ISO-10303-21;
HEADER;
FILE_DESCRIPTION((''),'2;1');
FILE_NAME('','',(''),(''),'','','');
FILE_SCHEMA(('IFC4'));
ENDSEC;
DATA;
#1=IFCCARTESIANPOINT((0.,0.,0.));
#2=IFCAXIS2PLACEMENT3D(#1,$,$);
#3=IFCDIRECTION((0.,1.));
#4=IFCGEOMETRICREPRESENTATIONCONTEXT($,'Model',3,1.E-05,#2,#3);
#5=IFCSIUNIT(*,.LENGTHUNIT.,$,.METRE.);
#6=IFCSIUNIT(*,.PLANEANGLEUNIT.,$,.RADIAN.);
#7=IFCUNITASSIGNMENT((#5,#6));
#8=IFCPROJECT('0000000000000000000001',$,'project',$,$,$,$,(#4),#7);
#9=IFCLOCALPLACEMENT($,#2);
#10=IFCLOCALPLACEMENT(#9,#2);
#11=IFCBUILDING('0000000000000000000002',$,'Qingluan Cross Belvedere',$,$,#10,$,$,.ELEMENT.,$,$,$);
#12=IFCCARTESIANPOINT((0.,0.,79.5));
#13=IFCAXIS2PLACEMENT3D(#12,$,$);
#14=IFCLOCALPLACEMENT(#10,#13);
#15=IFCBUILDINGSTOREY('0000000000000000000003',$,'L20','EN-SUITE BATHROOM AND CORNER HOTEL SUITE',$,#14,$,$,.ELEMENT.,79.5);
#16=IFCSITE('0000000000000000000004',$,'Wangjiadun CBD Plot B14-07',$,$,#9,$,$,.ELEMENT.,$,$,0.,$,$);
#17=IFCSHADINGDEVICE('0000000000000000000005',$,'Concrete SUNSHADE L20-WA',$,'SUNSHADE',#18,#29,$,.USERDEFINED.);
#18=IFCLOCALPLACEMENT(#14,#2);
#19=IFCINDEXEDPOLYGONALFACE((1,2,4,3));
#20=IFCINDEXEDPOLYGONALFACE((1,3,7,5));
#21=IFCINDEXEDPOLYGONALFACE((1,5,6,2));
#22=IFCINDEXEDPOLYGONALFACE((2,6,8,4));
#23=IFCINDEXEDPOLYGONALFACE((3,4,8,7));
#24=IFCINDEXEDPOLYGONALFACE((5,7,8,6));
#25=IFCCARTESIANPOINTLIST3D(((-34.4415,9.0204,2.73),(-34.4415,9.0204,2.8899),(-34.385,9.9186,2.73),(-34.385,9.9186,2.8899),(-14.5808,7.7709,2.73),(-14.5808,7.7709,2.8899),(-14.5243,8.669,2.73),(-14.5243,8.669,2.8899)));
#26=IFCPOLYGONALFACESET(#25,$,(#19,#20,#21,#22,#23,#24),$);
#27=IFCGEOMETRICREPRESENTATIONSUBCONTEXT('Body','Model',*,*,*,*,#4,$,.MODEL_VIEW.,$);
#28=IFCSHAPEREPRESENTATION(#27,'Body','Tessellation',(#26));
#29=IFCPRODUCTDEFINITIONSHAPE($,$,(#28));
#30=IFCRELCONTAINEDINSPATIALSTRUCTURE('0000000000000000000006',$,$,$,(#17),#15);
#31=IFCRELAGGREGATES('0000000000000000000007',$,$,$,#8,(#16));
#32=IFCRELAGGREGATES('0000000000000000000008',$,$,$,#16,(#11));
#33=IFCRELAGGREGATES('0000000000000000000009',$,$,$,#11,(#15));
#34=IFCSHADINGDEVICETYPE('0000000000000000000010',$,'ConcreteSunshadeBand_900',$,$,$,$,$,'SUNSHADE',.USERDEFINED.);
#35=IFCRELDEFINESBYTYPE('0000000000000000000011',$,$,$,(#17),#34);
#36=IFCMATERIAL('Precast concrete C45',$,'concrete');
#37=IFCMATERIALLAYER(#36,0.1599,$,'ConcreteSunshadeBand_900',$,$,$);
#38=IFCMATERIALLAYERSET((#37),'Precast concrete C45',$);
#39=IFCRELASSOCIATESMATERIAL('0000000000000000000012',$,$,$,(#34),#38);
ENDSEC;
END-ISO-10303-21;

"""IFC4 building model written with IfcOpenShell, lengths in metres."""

from ifc_helpers import new_model, si_unit, direction, frame, origin, origin_2d, place, context, subcontext, project, spatial, rectangle, extrude, material, layer, layer_set, type_object, element, save


model = new_model("IFC4")

# Units and contexts
model_context = context("Model", 3, precision=1e-05, world=origin(), true_north=direction((0.0, 1.0)))
body_context = subcontext(model_context, "Body", "Model", "MODEL_VIEW")
ifc_project = project(units=[si_unit("LENGTHUNIT", "METRE"), si_unit("PLANEANGLEUNIT", "RADIAN")], contexts=[model_context])

# Site, building, storey
site_placement = place(None, origin())
site = spatial("IfcSite", under=ifc_project, at=site_placement, Name="Wangjiadun CBD Plot B14-07", CompositionType="ELEMENT", RefElevation=0.0)
building_placement = place(site_placement, origin())
building = spatial("IfcBuilding", under=site, at=building_placement, Name="Qingluan Cross Belvedere", CompositionType="ELEMENT")
storey_placement = place(building_placement, frame((0.0, 0.0, 79.5)))
storey = spatial("IfcBuildingStorey", under=building, at=storey_placement, Name="L20", Description="EN-SUITE BATHROOM AND CORNER HOTEL SUITE", CompositionType="ELEMENT", Elevation=79.5)

# Shading device
ifc_material_1 = material(Name="Precast concrete C45", Category="concrete")
ifc_layer_1 = layer(ifc_material_1, 0.1599, Name="ConcreteSunshadeBand_900")
ifc_layer_set_1 = layer_set([ifc_layer_1], Name="Precast concrete C45")
shading_device_type = type_object("IfcShadingDeviceType", Name="ConcreteSunshadeBand_900", ElementType="SUNSHADE", PredefinedType="USERDEFINED", material=ifc_layer_set_1)
shading_device_placement = place(storey_placement, frame((-24.4829, 8.8447, 2.73), z_axis=(0.0, 0.0, 1.0), x_axis=(-0.998027, 0.062791, 0.0)))
element("IfcShadingDevice", 1, at=shading_device_placement, inside=storey, type_object=shading_device_type, Name="Concrete SUNSHADE L20-WA", ObjectType="SUNSHADE", PredefinedType="USERDEFINED", context=body_context, shape_type="SweptSolid", body=[
    extrude(rectangle(XDim=19.8999, YDim=0.8999, at=origin_2d()), origin(), (0.0, 0.0, 1.0), 0.1599),
])

save(model, "model.ifc")
